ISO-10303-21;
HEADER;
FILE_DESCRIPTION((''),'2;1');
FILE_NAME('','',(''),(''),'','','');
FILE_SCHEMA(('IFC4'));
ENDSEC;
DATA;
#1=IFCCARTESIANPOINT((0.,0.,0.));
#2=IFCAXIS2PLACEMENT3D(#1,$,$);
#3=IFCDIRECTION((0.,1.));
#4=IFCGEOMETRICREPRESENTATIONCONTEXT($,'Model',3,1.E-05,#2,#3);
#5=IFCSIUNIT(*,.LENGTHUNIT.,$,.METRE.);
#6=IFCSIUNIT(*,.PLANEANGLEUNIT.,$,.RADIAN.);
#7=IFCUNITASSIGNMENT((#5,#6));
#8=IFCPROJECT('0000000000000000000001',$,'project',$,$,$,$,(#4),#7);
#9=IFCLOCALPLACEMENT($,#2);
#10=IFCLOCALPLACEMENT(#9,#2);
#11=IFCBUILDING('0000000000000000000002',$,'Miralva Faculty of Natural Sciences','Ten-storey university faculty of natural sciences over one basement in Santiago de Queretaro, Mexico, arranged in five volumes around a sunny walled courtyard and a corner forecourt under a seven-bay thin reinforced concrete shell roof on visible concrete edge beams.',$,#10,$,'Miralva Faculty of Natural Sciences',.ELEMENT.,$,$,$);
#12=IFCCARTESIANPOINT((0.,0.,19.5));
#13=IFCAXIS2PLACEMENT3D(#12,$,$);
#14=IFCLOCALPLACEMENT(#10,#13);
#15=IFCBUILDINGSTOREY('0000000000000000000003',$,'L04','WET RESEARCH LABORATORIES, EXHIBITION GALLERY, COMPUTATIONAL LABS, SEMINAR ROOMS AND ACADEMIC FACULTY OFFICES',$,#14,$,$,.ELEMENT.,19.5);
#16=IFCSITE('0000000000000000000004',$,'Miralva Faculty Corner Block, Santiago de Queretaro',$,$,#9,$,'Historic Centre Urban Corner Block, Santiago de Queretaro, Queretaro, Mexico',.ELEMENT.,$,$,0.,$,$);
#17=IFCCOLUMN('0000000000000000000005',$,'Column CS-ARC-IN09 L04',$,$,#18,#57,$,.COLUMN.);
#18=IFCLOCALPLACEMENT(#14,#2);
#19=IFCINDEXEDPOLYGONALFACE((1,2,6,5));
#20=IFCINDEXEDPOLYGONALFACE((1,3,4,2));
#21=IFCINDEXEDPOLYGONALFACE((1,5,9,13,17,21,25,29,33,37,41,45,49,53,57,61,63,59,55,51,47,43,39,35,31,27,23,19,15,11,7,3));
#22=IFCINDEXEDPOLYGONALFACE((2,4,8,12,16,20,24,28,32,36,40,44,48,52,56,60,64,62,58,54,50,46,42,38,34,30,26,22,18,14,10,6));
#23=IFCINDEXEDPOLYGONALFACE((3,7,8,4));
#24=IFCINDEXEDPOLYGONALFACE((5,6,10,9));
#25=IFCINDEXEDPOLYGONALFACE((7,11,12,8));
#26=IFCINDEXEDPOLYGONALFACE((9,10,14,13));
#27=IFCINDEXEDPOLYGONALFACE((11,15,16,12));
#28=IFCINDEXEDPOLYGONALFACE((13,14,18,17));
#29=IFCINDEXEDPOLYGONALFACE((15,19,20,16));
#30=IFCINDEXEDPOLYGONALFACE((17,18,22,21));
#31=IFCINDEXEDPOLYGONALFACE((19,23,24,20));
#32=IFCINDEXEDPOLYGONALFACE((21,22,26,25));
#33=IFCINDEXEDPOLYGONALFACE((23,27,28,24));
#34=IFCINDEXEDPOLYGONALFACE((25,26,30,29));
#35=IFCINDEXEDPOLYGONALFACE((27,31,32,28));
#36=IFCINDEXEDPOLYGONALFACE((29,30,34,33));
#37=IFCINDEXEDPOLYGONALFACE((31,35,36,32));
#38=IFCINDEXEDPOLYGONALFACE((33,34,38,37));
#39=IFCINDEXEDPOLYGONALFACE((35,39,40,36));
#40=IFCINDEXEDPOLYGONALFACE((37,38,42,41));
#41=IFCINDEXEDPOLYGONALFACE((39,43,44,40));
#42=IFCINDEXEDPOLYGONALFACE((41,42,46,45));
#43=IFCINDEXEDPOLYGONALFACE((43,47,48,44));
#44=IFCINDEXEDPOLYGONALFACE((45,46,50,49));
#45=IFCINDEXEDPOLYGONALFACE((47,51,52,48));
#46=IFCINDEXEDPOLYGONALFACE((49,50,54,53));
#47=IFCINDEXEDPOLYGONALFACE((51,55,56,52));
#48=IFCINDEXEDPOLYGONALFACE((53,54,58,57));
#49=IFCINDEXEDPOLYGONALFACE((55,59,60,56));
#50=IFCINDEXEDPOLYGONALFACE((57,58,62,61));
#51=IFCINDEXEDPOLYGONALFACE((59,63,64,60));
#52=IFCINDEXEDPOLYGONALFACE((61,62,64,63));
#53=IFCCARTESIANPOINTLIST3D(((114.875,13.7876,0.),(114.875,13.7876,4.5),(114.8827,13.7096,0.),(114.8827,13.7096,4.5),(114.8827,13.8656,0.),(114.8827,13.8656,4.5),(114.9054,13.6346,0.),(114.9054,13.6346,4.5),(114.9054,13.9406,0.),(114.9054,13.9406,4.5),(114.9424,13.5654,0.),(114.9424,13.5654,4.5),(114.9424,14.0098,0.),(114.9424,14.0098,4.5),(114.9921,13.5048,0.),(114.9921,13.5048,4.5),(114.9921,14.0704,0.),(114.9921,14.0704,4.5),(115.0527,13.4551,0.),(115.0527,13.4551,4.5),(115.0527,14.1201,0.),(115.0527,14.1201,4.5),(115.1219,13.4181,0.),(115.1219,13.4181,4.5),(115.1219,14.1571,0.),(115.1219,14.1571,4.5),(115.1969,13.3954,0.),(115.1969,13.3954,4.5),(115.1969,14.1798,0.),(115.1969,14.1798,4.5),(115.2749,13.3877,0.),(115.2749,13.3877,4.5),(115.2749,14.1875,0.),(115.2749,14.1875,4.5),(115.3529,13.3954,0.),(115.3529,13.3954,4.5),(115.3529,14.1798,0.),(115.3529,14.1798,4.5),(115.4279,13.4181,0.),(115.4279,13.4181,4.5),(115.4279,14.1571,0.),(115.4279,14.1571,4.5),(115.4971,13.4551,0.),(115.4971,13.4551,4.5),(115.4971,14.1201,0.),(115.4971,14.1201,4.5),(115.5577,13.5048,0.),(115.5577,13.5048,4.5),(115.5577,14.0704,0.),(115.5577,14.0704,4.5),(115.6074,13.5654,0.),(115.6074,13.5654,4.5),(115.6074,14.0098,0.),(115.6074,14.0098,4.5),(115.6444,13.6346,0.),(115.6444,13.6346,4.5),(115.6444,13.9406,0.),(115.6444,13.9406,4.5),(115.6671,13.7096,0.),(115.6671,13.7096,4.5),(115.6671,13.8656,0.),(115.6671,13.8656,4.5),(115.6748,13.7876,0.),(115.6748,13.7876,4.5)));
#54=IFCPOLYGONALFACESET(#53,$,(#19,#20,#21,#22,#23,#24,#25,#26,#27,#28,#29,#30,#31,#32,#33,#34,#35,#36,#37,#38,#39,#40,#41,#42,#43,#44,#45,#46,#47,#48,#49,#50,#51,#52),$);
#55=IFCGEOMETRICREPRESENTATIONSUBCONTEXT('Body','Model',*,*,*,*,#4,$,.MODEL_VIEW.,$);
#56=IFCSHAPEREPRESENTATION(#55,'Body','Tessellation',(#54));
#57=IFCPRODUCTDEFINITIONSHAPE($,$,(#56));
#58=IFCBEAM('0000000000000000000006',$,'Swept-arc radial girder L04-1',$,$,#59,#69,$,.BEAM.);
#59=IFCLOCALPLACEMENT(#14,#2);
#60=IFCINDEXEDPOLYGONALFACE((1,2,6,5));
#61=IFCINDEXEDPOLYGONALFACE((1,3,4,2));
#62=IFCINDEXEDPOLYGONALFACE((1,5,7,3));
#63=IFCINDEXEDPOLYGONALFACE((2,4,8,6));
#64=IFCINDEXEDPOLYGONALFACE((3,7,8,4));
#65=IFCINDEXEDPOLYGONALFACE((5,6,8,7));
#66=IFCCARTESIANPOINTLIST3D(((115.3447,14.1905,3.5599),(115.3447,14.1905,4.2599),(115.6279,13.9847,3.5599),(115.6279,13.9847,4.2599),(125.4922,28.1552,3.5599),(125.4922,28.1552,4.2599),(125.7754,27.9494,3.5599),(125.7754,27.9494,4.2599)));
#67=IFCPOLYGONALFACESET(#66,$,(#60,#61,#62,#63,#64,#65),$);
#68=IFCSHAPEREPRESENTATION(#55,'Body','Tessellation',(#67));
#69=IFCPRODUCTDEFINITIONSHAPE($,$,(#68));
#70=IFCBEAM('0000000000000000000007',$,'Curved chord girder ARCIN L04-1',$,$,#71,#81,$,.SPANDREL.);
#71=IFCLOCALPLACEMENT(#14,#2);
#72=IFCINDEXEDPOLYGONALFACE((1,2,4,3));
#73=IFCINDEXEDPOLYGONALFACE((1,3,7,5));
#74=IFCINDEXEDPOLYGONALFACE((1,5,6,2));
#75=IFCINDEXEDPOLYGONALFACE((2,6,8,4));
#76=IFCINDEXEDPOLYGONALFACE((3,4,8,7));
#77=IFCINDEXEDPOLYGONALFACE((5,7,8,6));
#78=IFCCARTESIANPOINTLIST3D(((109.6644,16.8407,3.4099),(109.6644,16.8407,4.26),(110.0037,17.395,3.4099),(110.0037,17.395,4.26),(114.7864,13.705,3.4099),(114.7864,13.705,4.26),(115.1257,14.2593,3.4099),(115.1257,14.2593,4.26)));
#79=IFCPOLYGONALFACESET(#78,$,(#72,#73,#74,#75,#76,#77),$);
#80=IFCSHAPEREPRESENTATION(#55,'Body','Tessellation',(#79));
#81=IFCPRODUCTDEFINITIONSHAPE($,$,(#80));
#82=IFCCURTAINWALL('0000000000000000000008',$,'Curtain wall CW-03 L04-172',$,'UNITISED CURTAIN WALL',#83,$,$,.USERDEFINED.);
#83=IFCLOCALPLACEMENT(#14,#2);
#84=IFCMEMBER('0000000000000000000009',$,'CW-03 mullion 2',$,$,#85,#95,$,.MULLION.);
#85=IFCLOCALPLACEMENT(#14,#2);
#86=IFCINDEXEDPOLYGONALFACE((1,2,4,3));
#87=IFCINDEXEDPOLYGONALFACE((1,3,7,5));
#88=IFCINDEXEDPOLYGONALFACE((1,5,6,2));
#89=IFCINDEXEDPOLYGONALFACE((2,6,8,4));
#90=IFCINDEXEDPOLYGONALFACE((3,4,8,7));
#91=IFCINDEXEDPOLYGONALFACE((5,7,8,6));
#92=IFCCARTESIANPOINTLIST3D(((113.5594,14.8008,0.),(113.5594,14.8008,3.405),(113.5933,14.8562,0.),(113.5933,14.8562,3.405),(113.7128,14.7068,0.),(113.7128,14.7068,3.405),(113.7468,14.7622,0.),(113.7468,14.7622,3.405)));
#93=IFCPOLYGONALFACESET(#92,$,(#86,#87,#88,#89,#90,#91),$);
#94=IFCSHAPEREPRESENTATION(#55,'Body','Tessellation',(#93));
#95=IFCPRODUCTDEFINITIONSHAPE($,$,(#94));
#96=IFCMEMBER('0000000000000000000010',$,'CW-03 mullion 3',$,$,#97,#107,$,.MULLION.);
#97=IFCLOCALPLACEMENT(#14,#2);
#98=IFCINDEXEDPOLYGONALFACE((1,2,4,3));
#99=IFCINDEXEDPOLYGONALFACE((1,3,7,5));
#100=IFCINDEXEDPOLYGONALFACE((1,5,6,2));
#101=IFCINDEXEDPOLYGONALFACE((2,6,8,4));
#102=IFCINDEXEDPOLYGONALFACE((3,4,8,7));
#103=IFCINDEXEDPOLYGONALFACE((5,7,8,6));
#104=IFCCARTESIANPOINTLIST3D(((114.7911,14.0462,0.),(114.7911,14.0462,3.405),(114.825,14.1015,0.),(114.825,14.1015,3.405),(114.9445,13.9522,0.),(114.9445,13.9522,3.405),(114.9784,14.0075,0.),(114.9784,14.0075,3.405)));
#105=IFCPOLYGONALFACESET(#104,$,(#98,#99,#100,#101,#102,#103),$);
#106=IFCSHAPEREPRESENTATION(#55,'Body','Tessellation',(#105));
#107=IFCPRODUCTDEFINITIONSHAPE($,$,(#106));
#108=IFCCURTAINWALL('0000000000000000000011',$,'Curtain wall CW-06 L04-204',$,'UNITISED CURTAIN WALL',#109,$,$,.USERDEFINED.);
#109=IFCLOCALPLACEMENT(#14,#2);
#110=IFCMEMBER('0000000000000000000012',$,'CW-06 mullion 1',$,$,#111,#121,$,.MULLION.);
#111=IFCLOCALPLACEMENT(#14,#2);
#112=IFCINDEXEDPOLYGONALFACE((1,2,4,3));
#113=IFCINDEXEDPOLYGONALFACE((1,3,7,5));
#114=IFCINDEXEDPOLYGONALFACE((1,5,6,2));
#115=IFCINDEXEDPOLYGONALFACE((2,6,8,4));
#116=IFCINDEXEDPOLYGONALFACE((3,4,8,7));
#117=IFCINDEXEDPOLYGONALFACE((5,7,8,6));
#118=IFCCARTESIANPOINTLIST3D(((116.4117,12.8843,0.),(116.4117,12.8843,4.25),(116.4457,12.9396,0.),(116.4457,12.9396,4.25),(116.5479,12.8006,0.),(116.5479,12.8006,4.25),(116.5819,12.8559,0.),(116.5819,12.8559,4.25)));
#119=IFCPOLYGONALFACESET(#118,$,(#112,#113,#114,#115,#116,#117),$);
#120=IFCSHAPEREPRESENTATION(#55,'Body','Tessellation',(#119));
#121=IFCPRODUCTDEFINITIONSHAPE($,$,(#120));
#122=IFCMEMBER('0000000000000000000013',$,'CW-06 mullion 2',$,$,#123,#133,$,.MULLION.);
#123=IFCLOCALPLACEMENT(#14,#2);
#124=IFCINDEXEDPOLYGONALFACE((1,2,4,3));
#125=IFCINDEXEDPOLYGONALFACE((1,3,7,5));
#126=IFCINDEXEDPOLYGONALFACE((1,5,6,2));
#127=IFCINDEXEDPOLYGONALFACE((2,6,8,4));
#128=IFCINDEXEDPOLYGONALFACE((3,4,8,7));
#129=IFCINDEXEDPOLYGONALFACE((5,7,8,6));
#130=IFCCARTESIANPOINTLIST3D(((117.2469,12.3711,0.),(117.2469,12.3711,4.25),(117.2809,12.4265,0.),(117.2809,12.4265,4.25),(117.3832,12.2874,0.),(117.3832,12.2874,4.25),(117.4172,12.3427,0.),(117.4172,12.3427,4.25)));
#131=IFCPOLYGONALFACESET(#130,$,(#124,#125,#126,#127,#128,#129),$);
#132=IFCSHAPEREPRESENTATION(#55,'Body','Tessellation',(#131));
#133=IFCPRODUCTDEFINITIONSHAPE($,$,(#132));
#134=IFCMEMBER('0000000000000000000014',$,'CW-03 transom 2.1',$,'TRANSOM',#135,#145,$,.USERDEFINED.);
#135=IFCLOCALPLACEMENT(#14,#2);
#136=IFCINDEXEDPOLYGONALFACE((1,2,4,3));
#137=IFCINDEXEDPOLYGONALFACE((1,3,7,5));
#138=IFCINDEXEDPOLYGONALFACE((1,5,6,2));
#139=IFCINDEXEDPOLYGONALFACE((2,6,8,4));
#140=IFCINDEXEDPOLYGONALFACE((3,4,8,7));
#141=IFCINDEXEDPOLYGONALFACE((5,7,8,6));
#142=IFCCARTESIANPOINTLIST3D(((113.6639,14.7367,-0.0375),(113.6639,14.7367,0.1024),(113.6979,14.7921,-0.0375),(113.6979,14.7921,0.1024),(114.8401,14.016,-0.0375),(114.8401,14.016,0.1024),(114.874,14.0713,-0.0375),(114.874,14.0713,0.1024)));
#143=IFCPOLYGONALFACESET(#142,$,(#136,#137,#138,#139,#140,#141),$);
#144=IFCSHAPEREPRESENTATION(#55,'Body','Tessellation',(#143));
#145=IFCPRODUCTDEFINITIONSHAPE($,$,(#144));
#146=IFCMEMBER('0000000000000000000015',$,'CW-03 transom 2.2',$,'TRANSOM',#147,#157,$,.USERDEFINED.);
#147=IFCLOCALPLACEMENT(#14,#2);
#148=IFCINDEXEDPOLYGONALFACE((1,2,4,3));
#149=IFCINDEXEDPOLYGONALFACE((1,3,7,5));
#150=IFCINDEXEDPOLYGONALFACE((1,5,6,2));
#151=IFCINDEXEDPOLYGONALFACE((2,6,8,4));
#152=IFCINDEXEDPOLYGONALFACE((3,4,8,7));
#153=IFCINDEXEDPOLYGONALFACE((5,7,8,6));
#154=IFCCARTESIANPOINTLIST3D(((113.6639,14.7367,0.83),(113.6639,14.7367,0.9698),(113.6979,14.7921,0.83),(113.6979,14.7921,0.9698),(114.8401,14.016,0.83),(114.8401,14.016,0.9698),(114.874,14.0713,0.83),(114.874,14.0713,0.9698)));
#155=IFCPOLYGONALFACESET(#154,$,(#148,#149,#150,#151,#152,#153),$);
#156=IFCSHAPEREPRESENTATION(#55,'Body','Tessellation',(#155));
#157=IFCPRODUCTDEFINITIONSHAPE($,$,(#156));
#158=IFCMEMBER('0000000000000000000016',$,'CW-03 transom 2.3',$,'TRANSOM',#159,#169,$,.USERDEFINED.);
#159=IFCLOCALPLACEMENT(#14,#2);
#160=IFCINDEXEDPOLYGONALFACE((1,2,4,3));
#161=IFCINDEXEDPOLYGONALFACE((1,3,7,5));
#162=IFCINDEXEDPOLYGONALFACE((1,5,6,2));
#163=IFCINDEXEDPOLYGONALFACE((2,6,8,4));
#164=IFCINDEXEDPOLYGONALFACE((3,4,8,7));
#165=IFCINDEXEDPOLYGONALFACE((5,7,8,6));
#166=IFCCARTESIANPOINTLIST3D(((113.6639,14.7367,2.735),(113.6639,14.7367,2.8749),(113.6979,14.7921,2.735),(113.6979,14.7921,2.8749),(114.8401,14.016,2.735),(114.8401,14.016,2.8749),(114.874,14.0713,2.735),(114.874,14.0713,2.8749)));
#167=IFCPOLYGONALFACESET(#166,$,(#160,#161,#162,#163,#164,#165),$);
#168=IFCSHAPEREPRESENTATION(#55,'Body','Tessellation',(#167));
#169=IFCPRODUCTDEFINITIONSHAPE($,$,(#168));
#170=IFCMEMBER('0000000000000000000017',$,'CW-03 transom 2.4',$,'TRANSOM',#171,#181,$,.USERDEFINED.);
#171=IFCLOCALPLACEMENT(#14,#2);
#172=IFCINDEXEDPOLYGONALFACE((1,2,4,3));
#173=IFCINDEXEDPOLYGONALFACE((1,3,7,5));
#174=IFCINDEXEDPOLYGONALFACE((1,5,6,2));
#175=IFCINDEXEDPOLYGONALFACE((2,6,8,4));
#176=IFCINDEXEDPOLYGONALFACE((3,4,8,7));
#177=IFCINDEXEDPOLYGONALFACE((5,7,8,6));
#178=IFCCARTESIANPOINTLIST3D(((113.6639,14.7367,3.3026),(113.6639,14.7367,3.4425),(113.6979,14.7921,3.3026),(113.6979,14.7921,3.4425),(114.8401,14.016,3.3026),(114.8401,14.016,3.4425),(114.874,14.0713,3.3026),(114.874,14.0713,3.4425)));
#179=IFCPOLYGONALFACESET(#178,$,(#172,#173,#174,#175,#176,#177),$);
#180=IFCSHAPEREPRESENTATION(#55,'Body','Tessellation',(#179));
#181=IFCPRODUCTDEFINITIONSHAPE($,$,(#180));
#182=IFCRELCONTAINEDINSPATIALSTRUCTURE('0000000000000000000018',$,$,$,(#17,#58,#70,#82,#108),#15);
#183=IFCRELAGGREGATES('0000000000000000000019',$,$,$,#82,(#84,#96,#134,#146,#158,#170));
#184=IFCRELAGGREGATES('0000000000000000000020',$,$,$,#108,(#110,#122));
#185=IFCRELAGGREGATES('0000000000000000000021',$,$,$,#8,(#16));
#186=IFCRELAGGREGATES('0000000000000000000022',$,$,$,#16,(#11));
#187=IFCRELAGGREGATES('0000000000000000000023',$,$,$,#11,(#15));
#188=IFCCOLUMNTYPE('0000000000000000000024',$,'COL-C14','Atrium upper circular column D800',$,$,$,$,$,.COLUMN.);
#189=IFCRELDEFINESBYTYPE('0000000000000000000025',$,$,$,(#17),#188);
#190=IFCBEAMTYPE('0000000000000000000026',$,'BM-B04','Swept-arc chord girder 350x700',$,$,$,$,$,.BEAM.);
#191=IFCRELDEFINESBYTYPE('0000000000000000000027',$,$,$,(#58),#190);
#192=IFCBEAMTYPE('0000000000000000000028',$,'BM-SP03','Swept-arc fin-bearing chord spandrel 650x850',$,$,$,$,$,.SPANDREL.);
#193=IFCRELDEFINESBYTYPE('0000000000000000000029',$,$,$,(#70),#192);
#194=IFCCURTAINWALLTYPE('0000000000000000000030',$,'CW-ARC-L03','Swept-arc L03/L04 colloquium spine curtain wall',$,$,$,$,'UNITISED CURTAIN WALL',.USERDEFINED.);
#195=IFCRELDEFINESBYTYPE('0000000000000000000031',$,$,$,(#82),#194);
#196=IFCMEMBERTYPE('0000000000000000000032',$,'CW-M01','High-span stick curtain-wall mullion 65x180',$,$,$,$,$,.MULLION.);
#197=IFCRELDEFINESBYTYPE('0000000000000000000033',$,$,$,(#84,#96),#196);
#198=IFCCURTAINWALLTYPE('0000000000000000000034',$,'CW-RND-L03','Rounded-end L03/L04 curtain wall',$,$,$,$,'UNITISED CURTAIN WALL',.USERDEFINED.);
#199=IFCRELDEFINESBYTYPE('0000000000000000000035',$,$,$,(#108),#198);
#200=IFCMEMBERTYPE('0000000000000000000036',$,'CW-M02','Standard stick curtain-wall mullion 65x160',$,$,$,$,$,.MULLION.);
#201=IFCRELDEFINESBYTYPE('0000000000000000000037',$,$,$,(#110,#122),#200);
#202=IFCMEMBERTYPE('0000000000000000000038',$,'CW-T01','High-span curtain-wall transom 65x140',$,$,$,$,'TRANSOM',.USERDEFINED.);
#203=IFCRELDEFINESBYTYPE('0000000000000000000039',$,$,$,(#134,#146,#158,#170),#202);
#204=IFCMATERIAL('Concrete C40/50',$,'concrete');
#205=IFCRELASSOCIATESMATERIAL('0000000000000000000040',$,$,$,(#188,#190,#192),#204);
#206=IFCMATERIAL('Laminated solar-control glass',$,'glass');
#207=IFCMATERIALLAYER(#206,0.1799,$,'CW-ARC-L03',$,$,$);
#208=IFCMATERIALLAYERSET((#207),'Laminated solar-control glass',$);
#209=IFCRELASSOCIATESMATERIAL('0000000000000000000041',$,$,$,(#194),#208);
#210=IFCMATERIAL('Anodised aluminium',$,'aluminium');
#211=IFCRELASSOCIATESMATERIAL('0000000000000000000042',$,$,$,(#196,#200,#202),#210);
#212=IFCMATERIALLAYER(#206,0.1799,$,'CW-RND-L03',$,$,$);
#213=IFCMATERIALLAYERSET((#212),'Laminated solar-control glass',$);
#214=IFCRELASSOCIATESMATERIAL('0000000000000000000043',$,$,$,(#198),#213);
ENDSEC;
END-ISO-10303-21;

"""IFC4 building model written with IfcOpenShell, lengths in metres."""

from ifc_helpers import new_model, si_unit, direction, frame, origin, origin_2d, place, context, subcontext, project, spatial, rectangle, circle, extrude, material, layer, layer_set, material_profile, profile_set, type_object, element, aggregate, save


model = new_model("IFC4")

# Units and contexts
model_context = context("Model", 3, precision=1e-05, world=origin(), true_north=direction((0.0, 1.0)))
body_context = subcontext(model_context, "Body", "Model", "MODEL_VIEW")
ifc_project = project(units=[si_unit("LENGTHUNIT", "METRE"), si_unit("PLANEANGLEUNIT", "RADIAN")], contexts=[model_context])

# Site, building, storey
site_placement = place(None, origin())
site = spatial("IfcSite", under=ifc_project, at=site_placement, Name="Miralva Faculty Corner Block, Santiago de Queretaro", LongName="Historic Centre Urban Corner Block, Santiago de Queretaro, Queretaro, Mexico", CompositionType="ELEMENT", RefElevation=0.0)
building_placement = place(site_placement, origin())
building = spatial("IfcBuilding", under=site, at=building_placement, Name="Miralva Faculty of Natural Sciences", Description="Ten-storey university faculty of natural sciences over one basement in Santiago de Queretaro, Mexico, arranged in five volumes around a sunny walled courtyard and a corner forecourt under a seven-bay thin reinforced concrete shell roof on visible concrete edge beams.", LongName="Miralva Faculty of Natural Sciences", CompositionType="ELEMENT")
storey_placement = place(building_placement, frame((0.0, 0.0, 19.5)))
storey = spatial("IfcBuildingStorey", under=building, at=storey_placement, Name="L04", Description="WET RESEARCH LABORATORIES, EXHIBITION GALLERY, COMPUTATIONAL LABS, SEMINAR ROOMS AND ACADEMIC FACULTY OFFICES", CompositionType="ELEMENT", Elevation=19.5)

# Column
ifc_material_1 = material(Name="Concrete C40/50", Category="concrete")
ifc_material_profile_1 = material_profile(ifc_material_1, circle(Radius=0.3999, at=origin_2d()), Name="RC DIA 800")
ifc_profile_set_1 = profile_set([ifc_material_profile_1], Name="Concrete C40/50")
column_type = type_object("IfcColumnType", Name="COL-C14", Description="Atrium upper circular column D800", PredefinedType="COLUMN", material=ifc_profile_set_1)
column_placement = place(storey_placement, frame((115.2749, 13.7876, 0.0), z_axis=(0.0, 0.0, 1.0), x_axis=(1.0, 0.0, 0.0)))
element("IfcColumn", 1, at=column_placement, inside=storey, type_object=column_type, Name="Column CS-ARC-IN09 L04", PredefinedType="COLUMN", context=body_context, shape_type="SweptSolid", body=[
    extrude(circle(Radius=0.3999, at=origin_2d()), origin(), (0.0, 0.0, 1.0), 4.5),
])

# Beams
ifc_material_profile_2 = material_profile(ifc_material_1, rectangle(XDim=0.3501, YDim=0.7, at=origin_2d()), Name="RC 350x700")
ifc_profile_set_2 = profile_set([ifc_material_profile_2], Name="Concrete C40/50")
beam_type_1 = type_object("IfcBeamType", Name="BM-B04", Description="Swept-arc chord girder 350x700", PredefinedType="BEAM", material=ifc_profile_set_2)
beam_1_placement = place(storey_placement, frame((115.4863, 14.0876, 3.9099), z_axis=(0.587845, 0.808973, 0.0), x_axis=(-0.808973, 0.587845, 0.0)))
element("IfcBeam", 2, at=beam_1_placement, inside=storey, type_object=beam_type_1, Name="Swept-arc radial girder L04-1", PredefinedType="BEAM", context=body_context, shape_type="SweptSolid", body=[
    extrude(rectangle(XDim=0.3501, YDim=0.7, at=origin_2d()), origin(), (0.0, 0.0, 1.0), 17.2622),
])
ifc_material_profile_3 = material_profile(ifc_material_1, rectangle(XDim=0.6499, YDim=0.8501, at=origin_2d()), Name="RC 650x850")
ifc_profile_set_3 = profile_set([ifc_material_profile_3], Name="Concrete C40/50")
beam_type_2 = type_object("IfcBeamType", Name="BM-SP03", Description="Swept-arc fin-bearing chord spandrel 650x850", PredefinedType="SPANDREL", material=ifc_profile_set_3)
beam_2_placement = place(storey_placement, frame((114.9561, 13.9822, 3.835), z_axis=(-0.852868, 0.522127, 0.0), x_axis=(-0.522127, -0.852868, 0.0)))
element("IfcBeam", 3, at=beam_2_placement, inside=storey, type_object=beam_type_2, Name="Curved chord girder ARCIN L04-1", PredefinedType="SPANDREL", context=body_context, shape_type="SweptSolid", body=[
    extrude(rectangle(XDim=0.6499, YDim=0.8501, at=origin_2d()), origin(), (0.0, 0.0, 1.0), 6.0056),
])

# Curtain walls, members
ifc_material_2 = material(Name="Laminated solar-control glass", Category="glass")
ifc_layer_1 = layer(ifc_material_2, 0.1799, Name="CW-ARC-L03")
ifc_layer_set_1 = layer_set([ifc_layer_1], Name="Laminated solar-control glass")
curtain_wall_type_1 = type_object("IfcCurtainWallType", Name="CW-ARC-L03", Description="Swept-arc L03/L04 colloquium spine curtain wall", ElementType="UNITISED CURTAIN WALL", PredefinedType="USERDEFINED", material=ifc_layer_set_1)
curtain_wall_1_placement = place(storey_placement, origin())
curtain_wall_1 = element("IfcCurtainWall", 4, at=curtain_wall_1_placement, inside=storey, type_object=curtain_wall_type_1, Name="Curtain wall CW-03 L04-172", ObjectType="UNITISED CURTAIN WALL", PredefinedType="USERDEFINED")
ifc_material_3 = material(Name="Anodised aluminium", Category="aluminium")
ifc_material_profile_4 = material_profile(ifc_material_3, rectangle(XDim=0.0649, YDim=0.1799, at=origin_2d()), Name="MULLION 65x180")
ifc_profile_set_4 = profile_set([ifc_material_profile_4], Name="Anodised aluminium")
member_type_1 = type_object("IfcMemberType", Name="CW-M01", Description="High-span stick curtain-wall mullion 65x180", PredefinedType="MULLION", material=ifc_profile_set_4)
member_1_placement = place(storey_placement, frame((113.6531, 14.7815, 0.0), z_axis=(0.0, 0.0, 1.0), x_axis=(0.522489, 0.852646, 0.0)))
member_1 = element("IfcMember", 5, at=member_1_placement, type_object=member_type_1, Name="CW-03 mullion 2", PredefinedType="MULLION", context=body_context, shape_type="SweptSolid", body=[
    extrude(rectangle(XDim=0.0649, YDim=0.1799, at=origin_2d()), origin(), (0.0, 0.0, 1.0), 3.405),
])
member_2_placement = place(storey_placement, frame((114.8848, 14.0269, 0.0), z_axis=(0.0, 0.0, 1.0), x_axis=(0.522489, 0.852646, 0.0)))
member_2 = element("IfcMember", 6, at=member_2_placement, type_object=member_type_1, Name="CW-03 mullion 3", PredefinedType="MULLION", context=body_context, shape_type="SweptSolid", body=[
    extrude(rectangle(XDim=0.0649, YDim=0.1799, at=origin_2d()), origin(), (0.0, 0.0, 1.0), 3.405),
])
ifc_layer_2 = layer(ifc_material_2, 0.1799, Name="CW-RND-L03")
ifc_layer_set_2 = layer_set([ifc_layer_2], Name="Laminated solar-control glass")
curtain_wall_type_2 = type_object("IfcCurtainWallType", Name="CW-RND-L03", Description="Rounded-end L03/L04 curtain wall", ElementType="UNITISED CURTAIN WALL", PredefinedType="USERDEFINED", material=ifc_layer_set_2)
curtain_wall_2_placement = place(storey_placement, origin())
curtain_wall_2 = element("IfcCurtainWall", 7, at=curtain_wall_2_placement, inside=storey, type_object=curtain_wall_type_2, Name="Curtain wall CW-06 L04-204", ObjectType="UNITISED CURTAIN WALL", PredefinedType="USERDEFINED")
ifc_material_profile_5 = material_profile(ifc_material_3, rectangle(XDim=0.0649, YDim=0.1599, at=origin_2d()), Name="MULLION 65x160")
ifc_profile_set_5 = profile_set([ifc_material_profile_5], Name="Anodised aluminium")
member_type_2 = type_object("IfcMemberType", Name="CW-M02", Description="Standard stick curtain-wall mullion 65x160", PredefinedType="MULLION", material=ifc_profile_set_5)
member_3_placement = place(storey_placement, frame((116.4968, 12.8701, 0.0), z_axis=(0.0, 0.0, 1.0), x_axis=(0.523535, 0.852004, 0.0)))
member_3 = element("IfcMember", 8, at=member_3_placement, type_object=member_type_2, Name="CW-06 mullion 1", PredefinedType="MULLION", context=body_context, shape_type="SweptSolid", body=[
    extrude(rectangle(XDim=0.0649, YDim=0.1599, at=origin_2d()), origin(), (0.0, 0.0, 1.0), 4.25),
])
member_4_placement = place(storey_placement, frame((117.332, 12.3569, 0.0), z_axis=(0.0, 0.0, 1.0), x_axis=(0.523535, 0.852004, 0.0)))
member_4 = element("IfcMember", 9, at=member_4_placement, type_object=member_type_2, Name="CW-06 mullion 2", PredefinedType="MULLION", context=body_context, shape_type="SweptSolid", body=[
    extrude(rectangle(XDim=0.0649, YDim=0.1599, at=origin_2d()), origin(), (0.0, 0.0, 1.0), 4.25),
])

# Members
ifc_material_profile_6 = material_profile(ifc_material_3, rectangle(XDim=0.0649, YDim=0.1399, at=origin_2d()), Name="TRANSOM 65x140")
ifc_profile_set_6 = profile_set([ifc_material_profile_6], Name="Anodised aluminium")
member_type_3 = type_object("IfcMemberType", Name="CW-T01", Description="High-span curtain-wall transom 65x140", ElementType="TRANSOM", PredefinedType="USERDEFINED", material=ifc_profile_set_6)
member_5_placement = place(storey_placement, frame((113.6809, 14.7644, 0.0325), z_axis=(0.852629, -0.522516, 0.0), x_axis=(0.522516, 0.852629, 0.0)))
member_5 = element("IfcMember", 10, at=member_5_placement, type_object=member_type_3, Name="CW-03 transom 2.1", ObjectType="TRANSOM", PredefinedType="USERDEFINED", context=body_context, shape_type="SweptSolid", body=[
    extrude(rectangle(XDim=0.0649, YDim=0.1399, at=origin_2d()), origin(), (0.0, 0.0, 1.0), 1.3794),
])
member_6_placement = place(storey_placement, frame((113.6809, 14.7644, 0.8999), z_axis=(0.852629, -0.522516, 0.0), x_axis=(0.522516, 0.852629, 0.0)))
member_6 = element("IfcMember", 11, at=member_6_placement, type_object=member_type_3, Name="CW-03 transom 2.2", ObjectType="TRANSOM", PredefinedType="USERDEFINED", context=body_context, shape_type="SweptSolid", body=[
    extrude(rectangle(XDim=0.0649, YDim=0.1399, at=origin_2d()), origin(), (0.0, 0.0, 1.0), 1.3794),
])
member_7_placement = place(storey_placement, frame((113.6809, 14.7644, 2.8049), z_axis=(0.852629, -0.522516, 0.0), x_axis=(0.522516, 0.852629, 0.0)))
member_7 = element("IfcMember", 12, at=member_7_placement, type_object=member_type_3, Name="CW-03 transom 2.3", ObjectType="TRANSOM", PredefinedType="USERDEFINED", context=body_context, shape_type="SweptSolid", body=[
    extrude(rectangle(XDim=0.0649, YDim=0.1399, at=origin_2d()), origin(), (0.0, 0.0, 1.0), 1.3794),
])
member_8_placement = place(storey_placement, frame((113.6809, 14.7644, 3.3726), z_axis=(0.852629, -0.522516, 0.0), x_axis=(0.522516, 0.852629, 0.0)))
member_8 = element("IfcMember", 13, at=member_8_placement, type_object=member_type_3, Name="CW-03 transom 2.4", ObjectType="TRANSOM", PredefinedType="USERDEFINED", context=body_context, shape_type="SweptSolid", body=[
    extrude(rectangle(XDim=0.0649, YDim=0.1399, at=origin_2d()), origin(), (0.0, 0.0, 1.0), 1.3794),
])

aggregate(curtain_wall_1, [member_1, member_2, member_5, member_6, member_7, member_8])
aggregate(curtain_wall_2, [member_3, member_4])

save(model, "model.ifc")
